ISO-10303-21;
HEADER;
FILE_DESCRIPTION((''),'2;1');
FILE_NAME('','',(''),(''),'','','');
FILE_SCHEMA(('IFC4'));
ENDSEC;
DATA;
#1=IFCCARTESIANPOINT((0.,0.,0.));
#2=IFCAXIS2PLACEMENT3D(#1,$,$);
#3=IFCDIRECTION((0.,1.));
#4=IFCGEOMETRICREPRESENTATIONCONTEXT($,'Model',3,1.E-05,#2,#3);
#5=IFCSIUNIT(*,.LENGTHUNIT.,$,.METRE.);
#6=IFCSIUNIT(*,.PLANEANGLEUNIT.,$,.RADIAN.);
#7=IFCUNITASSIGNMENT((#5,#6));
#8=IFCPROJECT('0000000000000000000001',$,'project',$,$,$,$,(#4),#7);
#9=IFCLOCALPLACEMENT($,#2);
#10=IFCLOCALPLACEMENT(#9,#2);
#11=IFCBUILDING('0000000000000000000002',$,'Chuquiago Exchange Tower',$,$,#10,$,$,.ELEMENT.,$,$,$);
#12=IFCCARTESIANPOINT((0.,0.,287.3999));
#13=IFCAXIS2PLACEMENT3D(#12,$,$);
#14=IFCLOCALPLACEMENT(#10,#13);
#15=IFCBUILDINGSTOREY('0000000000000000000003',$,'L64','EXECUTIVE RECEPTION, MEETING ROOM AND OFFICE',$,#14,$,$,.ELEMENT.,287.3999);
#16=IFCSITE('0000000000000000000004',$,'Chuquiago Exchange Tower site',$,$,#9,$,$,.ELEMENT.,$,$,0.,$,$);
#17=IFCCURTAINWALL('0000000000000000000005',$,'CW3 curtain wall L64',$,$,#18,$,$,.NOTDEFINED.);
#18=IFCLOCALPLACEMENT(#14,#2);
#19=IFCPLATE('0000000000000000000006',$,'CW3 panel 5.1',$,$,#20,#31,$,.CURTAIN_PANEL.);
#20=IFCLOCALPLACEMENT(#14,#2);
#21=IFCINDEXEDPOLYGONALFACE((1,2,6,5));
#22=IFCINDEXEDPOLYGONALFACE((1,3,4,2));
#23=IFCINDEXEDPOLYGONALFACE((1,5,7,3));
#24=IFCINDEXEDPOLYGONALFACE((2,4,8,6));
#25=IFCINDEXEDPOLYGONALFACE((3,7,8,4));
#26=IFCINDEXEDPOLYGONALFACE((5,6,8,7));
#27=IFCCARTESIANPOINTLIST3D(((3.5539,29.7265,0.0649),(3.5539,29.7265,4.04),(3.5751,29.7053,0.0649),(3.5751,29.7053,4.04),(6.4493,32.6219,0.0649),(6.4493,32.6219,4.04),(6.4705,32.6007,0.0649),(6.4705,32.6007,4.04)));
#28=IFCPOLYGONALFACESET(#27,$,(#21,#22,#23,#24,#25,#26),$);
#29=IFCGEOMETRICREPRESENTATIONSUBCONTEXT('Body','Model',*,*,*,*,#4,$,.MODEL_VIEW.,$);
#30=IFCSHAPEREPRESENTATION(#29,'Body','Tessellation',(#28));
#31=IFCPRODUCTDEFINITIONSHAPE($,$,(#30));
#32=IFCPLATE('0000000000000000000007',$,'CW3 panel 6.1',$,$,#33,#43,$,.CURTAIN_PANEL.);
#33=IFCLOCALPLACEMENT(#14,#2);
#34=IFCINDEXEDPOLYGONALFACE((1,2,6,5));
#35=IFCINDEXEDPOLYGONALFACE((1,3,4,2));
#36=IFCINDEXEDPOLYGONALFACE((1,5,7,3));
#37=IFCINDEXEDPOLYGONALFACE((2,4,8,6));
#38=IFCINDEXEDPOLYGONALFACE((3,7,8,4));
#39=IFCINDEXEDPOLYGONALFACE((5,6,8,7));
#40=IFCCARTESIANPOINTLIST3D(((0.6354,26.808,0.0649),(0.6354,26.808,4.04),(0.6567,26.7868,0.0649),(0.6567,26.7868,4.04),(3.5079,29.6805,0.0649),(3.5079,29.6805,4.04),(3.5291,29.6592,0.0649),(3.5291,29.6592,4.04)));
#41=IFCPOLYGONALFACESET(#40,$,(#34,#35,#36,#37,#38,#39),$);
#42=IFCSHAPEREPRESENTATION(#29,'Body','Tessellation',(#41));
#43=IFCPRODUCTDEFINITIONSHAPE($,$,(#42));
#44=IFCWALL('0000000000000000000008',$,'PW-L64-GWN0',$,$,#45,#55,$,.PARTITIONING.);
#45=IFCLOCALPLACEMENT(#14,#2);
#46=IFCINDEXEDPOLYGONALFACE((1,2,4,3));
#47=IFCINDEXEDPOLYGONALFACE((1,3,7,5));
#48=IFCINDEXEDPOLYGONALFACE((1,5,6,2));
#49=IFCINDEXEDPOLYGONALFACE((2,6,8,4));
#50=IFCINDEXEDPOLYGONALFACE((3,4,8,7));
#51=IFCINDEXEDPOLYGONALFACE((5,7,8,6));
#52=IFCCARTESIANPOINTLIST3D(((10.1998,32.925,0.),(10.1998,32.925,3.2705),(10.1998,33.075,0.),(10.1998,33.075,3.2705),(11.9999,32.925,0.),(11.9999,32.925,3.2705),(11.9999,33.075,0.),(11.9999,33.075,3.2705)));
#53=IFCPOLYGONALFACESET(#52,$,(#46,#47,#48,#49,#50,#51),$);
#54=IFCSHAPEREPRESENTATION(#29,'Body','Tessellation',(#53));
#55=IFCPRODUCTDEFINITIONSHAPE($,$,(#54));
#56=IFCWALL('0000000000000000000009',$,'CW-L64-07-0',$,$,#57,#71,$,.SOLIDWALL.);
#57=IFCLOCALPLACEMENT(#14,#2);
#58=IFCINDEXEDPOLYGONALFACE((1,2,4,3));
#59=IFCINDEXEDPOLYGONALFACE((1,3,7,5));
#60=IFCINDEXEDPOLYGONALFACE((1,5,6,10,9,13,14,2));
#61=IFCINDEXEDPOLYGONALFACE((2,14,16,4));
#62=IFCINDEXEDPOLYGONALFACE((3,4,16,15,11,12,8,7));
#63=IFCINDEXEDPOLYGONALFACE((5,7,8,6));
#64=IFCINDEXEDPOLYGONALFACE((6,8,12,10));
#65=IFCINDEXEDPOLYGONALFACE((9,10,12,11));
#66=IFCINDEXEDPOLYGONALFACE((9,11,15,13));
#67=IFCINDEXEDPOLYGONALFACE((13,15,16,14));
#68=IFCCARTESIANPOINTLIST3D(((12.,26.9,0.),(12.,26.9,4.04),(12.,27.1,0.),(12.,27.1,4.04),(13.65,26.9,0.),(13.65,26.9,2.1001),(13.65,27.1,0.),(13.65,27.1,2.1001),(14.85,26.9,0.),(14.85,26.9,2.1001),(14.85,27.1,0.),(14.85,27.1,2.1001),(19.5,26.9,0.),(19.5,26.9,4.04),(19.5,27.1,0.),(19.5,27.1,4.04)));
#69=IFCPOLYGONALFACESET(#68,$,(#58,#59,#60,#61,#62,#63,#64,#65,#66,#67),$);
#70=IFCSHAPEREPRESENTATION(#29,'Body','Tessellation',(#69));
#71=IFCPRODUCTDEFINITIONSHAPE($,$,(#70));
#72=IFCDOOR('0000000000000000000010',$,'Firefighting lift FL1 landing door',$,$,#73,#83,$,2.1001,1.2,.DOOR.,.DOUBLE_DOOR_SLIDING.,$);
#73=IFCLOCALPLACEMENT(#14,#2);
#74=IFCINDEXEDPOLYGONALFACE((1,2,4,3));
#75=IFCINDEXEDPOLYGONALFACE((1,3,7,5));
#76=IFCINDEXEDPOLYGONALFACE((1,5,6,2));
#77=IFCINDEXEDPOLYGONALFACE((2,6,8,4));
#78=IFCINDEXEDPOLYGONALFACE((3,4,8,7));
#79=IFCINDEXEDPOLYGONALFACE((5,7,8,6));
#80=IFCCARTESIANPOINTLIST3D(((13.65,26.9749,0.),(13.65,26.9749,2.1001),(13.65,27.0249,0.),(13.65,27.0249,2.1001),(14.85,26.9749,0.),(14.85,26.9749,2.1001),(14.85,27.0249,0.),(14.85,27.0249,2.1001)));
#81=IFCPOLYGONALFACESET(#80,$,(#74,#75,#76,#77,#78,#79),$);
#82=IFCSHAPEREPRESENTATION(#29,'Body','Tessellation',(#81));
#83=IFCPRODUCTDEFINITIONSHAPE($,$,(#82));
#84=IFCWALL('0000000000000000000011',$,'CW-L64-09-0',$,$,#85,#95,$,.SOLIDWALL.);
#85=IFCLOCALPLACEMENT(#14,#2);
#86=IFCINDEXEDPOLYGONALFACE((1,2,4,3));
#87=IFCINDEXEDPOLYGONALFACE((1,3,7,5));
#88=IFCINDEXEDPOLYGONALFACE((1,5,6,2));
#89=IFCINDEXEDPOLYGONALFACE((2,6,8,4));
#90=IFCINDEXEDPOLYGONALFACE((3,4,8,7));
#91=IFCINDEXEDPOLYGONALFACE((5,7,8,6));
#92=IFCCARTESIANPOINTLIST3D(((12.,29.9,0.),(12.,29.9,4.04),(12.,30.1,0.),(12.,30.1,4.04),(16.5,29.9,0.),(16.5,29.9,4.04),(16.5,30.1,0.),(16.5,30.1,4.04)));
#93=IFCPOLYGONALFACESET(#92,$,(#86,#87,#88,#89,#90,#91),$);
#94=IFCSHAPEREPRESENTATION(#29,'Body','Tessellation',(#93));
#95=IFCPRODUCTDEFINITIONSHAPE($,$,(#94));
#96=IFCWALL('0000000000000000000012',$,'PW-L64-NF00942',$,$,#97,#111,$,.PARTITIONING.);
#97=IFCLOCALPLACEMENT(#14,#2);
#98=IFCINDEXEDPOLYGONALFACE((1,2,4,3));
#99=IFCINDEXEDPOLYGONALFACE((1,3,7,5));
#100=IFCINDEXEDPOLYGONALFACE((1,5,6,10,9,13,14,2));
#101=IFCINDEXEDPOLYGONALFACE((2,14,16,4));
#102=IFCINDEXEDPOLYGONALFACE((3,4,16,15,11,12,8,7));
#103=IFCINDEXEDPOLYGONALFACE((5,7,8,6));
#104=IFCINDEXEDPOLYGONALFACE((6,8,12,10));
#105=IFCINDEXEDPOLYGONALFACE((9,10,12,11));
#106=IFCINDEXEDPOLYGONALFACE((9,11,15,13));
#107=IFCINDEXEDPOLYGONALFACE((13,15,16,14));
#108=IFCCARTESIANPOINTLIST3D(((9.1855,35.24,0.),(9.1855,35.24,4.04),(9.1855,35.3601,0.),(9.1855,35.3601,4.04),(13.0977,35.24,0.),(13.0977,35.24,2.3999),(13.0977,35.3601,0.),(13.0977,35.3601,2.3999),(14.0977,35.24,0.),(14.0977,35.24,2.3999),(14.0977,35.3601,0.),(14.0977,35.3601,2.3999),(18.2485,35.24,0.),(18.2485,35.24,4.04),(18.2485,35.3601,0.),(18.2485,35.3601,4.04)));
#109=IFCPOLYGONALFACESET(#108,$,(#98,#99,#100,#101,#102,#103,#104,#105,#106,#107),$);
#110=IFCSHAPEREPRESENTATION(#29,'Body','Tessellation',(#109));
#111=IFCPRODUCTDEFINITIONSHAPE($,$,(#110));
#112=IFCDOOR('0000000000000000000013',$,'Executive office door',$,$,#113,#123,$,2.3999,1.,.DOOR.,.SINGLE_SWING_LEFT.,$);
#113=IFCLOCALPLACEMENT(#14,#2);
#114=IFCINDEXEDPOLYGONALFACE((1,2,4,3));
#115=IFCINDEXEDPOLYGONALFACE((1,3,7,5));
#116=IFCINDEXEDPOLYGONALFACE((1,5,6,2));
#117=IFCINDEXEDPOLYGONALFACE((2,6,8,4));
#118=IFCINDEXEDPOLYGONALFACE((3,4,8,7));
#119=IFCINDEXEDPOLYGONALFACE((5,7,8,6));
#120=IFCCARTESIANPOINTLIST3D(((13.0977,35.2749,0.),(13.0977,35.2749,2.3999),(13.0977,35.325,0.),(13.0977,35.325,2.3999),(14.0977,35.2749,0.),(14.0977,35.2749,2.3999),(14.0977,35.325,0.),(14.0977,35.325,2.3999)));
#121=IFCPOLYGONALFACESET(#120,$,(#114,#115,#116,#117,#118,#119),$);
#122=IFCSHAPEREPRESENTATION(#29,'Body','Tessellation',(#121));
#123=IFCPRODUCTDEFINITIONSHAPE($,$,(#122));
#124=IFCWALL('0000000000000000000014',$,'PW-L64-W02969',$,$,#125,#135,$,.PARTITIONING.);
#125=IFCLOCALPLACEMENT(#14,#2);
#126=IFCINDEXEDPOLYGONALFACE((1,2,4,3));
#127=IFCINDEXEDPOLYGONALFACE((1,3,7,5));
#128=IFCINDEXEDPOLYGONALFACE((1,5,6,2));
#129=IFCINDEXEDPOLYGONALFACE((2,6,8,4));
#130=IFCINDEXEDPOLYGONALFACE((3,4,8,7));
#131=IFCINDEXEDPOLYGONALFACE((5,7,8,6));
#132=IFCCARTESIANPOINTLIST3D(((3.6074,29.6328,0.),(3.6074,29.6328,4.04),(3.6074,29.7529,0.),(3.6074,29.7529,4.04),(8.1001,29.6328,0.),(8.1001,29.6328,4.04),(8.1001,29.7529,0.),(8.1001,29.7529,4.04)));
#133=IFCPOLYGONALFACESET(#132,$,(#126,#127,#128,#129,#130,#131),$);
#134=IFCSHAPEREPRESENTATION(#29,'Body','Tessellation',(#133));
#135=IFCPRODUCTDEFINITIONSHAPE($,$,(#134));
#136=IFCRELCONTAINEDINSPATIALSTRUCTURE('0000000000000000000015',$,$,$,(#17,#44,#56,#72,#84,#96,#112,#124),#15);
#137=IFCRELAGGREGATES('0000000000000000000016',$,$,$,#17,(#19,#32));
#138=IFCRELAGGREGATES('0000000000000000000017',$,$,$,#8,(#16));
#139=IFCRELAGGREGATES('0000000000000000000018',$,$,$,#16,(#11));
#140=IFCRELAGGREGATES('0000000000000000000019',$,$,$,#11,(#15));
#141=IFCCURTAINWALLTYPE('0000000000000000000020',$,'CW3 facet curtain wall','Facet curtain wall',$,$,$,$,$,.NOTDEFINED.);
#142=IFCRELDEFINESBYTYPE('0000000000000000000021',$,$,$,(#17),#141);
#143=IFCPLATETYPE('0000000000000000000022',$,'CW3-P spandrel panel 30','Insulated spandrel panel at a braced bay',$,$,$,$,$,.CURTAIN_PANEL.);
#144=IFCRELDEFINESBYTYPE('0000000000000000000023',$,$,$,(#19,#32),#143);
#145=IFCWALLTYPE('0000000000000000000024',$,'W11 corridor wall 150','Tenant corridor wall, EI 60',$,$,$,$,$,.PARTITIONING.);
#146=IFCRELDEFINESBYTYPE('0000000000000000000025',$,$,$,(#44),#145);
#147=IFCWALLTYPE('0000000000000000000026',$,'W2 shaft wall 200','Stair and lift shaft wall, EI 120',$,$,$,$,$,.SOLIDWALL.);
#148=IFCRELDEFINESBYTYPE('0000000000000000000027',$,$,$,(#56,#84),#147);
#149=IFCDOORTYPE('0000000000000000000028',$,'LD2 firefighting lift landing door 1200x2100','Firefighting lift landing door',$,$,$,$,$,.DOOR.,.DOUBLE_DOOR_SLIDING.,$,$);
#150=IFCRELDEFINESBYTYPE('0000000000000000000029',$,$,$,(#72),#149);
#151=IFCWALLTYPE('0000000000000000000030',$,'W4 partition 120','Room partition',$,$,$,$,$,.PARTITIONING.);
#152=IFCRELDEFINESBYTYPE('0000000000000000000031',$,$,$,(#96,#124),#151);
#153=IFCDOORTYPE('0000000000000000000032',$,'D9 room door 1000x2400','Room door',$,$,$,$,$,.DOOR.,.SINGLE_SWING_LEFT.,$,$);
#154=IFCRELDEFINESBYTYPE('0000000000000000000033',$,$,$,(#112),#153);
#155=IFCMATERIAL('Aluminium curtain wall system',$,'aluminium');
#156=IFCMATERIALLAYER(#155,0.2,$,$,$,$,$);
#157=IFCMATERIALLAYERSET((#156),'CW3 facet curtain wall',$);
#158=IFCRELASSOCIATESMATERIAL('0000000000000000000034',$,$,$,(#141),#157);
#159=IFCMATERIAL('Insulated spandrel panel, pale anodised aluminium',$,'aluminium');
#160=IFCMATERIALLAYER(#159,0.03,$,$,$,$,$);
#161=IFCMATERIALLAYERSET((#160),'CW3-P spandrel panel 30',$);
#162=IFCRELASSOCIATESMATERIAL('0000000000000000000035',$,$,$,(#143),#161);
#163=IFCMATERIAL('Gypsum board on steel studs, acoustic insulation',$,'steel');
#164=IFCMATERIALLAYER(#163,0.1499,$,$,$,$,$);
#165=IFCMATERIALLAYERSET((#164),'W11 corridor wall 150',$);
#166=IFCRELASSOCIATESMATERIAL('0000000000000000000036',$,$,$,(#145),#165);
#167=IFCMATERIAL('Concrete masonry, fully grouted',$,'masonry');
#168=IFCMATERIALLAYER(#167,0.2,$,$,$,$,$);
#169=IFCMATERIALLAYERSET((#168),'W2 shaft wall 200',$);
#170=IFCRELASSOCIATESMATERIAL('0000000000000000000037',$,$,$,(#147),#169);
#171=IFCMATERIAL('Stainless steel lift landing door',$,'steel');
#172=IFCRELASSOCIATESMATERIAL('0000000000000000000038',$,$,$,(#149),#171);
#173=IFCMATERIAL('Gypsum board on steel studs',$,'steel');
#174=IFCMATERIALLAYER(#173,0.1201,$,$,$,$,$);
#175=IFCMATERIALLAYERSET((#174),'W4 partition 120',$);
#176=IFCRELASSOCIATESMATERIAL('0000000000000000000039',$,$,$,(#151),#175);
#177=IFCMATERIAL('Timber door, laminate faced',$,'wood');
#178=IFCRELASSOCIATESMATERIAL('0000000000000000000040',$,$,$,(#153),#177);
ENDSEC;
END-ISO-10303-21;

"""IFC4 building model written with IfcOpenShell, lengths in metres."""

from ifc_helpers import new_model, si_unit, direction, frame, frame_2d, origin, origin_2d, place, context, subcontext, project, spatial, rectangle, extrude, material, layer, layer_set, type_object, element, fill, aggregate, save


model = new_model("IFC4")

# Units and contexts
model_context = context("Model", 3, precision=1e-05, world=origin(), true_north=direction((0.0, 1.0)))
body_context = subcontext(model_context, "Body", "Model", "MODEL_VIEW")
ifc_project = project(units=[si_unit("LENGTHUNIT", "METRE"), si_unit("PLANEANGLEUNIT", "RADIAN")], contexts=[model_context])

# Site, building, storey
site_placement = place(None, origin())
site = spatial("IfcSite", under=ifc_project, at=site_placement, Name="Chuquiago Exchange Tower site", CompositionType="ELEMENT", RefElevation=0.0)
building_placement = place(site_placement, origin())
building = spatial("IfcBuilding", under=site, at=building_placement, Name="Chuquiago Exchange Tower", CompositionType="ELEMENT")
storey_placement = place(building_placement, frame((0.0, 0.0, 287.3999)))
storey = spatial("IfcBuildingStorey", under=building, at=storey_placement, Name="L64", Description="EXECUTIVE RECEPTION, MEETING ROOM AND OFFICE", CompositionType="ELEMENT", Elevation=287.3999)

# Curtain wall
ifc_material_1 = material(Name="Aluminium curtain wall system", Category="aluminium")
ifc_layer_1 = layer(ifc_material_1, 0.2)
ifc_layer_set_1 = layer_set([ifc_layer_1], Name="CW3 facet curtain wall")
curtain_wall_type = type_object("IfcCurtainWallType", Name="CW3 facet curtain wall", Description="Facet curtain wall", PredefinedType="NOTDEFINED", material=ifc_layer_set_1)
curtain_wall_placement = place(storey_placement, origin())
curtain_wall = element("IfcCurtainWall", 1, at=curtain_wall_placement, inside=storey, type_object=curtain_wall_type, Name="CW3 curtain wall L64", PredefinedType="NOTDEFINED")

# Plates
ifc_material_2 = material(Name="Insulated spandrel panel, pale anodised aluminium", Category="aluminium")
ifc_layer_2 = layer(ifc_material_2, 0.03)
ifc_layer_set_2 = layer_set([ifc_layer_2], Name="CW3-P spandrel panel 30")
plate_type = type_object("IfcPlateType", Name="CW3-P spandrel panel 30", Description="Insulated spandrel panel at a braced bay", PredefinedType="CURTAIN_PANEL", material=ifc_layer_set_2)
plate_1_placement = place(storey_placement, frame((5.0122, 31.1636, 0.0649), z_axis=(0.0, 0.0, 1.0), x_axis=(-0.707107, -0.707107, 0.0)))
plate_1 = element("IfcPlate", 2, at=plate_1_placement, type_object=plate_type, Name="CW3 panel 5.1", PredefinedType="CURTAIN_PANEL", context=body_context, shape_type="SweptSolid", body=[
    extrude(rectangle(XDim=4.0947, YDim=0.03, at=origin_2d()), origin(), (0.0, 0.0, 1.0), 3.9751),
])
plate_2_placement = place(storey_placement, frame((2.0823, 28.2336, 0.0649), z_axis=(0.0, 0.0, 1.0), x_axis=(-0.707107, -0.707107, 0.0)))
plate_2 = element("IfcPlate", 3, at=plate_2_placement, type_object=plate_type, Name="CW3 panel 6.1", PredefinedType="CURTAIN_PANEL", context=body_context, shape_type="SweptSolid", body=[
    extrude(rectangle(XDim=4.0623, YDim=0.03, at=origin_2d()), origin(), (0.0, 0.0, 1.0), 3.9751),
])
aggregate(curtain_wall, [plate_1, plate_2])

# Wall
ifc_material_3 = material(Name="Gypsum board on steel studs, acoustic insulation", Category="steel")
ifc_layer_3 = layer(ifc_material_3, 0.1499)
ifc_layer_set_3 = layer_set([ifc_layer_3], Name="W11 corridor wall 150")
wall_type_1 = type_object("IfcWallType", Name="W11 corridor wall 150", Description="Tenant corridor wall, EI 60", PredefinedType="PARTITIONING", material=ifc_layer_set_3)
wall_1_placement = place(storey_placement, frame((10.2, 33.0, 0.0), z_axis=(0.0, 0.0, 1.0), x_axis=(1.0, 0.0, 0.0)))
element("IfcWall", 4, at=wall_1_placement, inside=storey, type_object=wall_type_1, Name="PW-L64-GWN0", PredefinedType="PARTITIONING", context=body_context, shape_type="SweptSolid", body=[
    extrude(rectangle(XDim=1.8, YDim=0.1499, at=frame_2d((0.8999, 0.0))), origin(), (0.0, 0.0, 1.0), 3.2705),
])

# Wall, opening, door
ifc_material_4 = material(Name="Concrete masonry, fully grouted", Category="masonry")
ifc_layer_4 = layer(ifc_material_4, 0.2)
ifc_layer_set_4 = layer_set([ifc_layer_4], Name="W2 shaft wall 200")
wall_type_2 = type_object("IfcWallType", Name="W2 shaft wall 200", Description="Stair and lift shaft wall, EI 120", PredefinedType="SOLIDWALL", material=ifc_layer_set_4)
wall_2_placement = place(storey_placement, frame((12.0, 27.0, 0.0), z_axis=(0.0, 0.0, 1.0), x_axis=(1.0, 0.0, 0.0)))
wall_2 = element("IfcWall", 5, at=wall_2_placement, inside=storey, type_object=wall_type_2, Name="CW-L64-07-0", PredefinedType="SOLIDWALL", context=body_context, shape_type="SweptSolid", body=[
    extrude(rectangle(XDim=7.5, YDim=0.2, at=frame_2d((3.75, 0.0))), origin(), (0.0, 0.0, 1.0), 4.04),
])
opening_1_placement = place(wall_2_placement, frame((1.6499, 0.0, 0.0)))
opening_1 = element("IfcOpeningElement", 6, at=opening_1_placement, cuts=wall_2, PredefinedType="OPENING", context=body_context, shape_type="SweptSolid", body=[
    extrude(rectangle(XDim=1.2, YDim=2.1001, at=frame_2d((0.6001, 1.05))), frame((0.0, 0.1099, 0.0), z_axis=(0.0, -1.0, 0.0), x_axis=(1.0, 0.0, 0.0)), (0.0, 0.0, 1.0), 0.22),
])
ifc_material_5 = material(Name="Stainless steel lift landing door", Category="steel")
door_type_1 = type_object("IfcDoorType", Name="LD2 firefighting lift landing door 1200x2100", Description="Firefighting lift landing door", OperationType="DOUBLE_DOOR_SLIDING", PredefinedType="DOOR", material=ifc_material_5)
door_1_placement = place(opening_1_placement, origin())
door_1 = element("IfcDoor", 7, at=door_1_placement, inside=storey, type_object=door_type_1, Name="Firefighting lift FL1 landing door", OperationType="DOUBLE_DOOR_SLIDING", OverallHeight=2.1001, OverallWidth=1.2, PredefinedType="DOOR", context=body_context, shape_type="SweptSolid", body=[
    extrude(rectangle(XDim=1.2, YDim=2.1001, at=frame_2d((0.6001, 1.05))), frame((0.0, 0.0249, 0.0), z_axis=(0.0, -1.0, 0.0), x_axis=(1.0, 0.0, 0.0)), (0.0, 0.0, 1.0), 0.05),
])
fill(opening_1, door_1)

# Wall
wall_3_placement = place(storey_placement, frame((12.0, 30.0, 0.0), z_axis=(0.0, 0.0, 1.0), x_axis=(1.0, 0.0, 0.0)))
element("IfcWall", 8, at=wall_3_placement, inside=storey, type_object=wall_type_2, Name="CW-L64-09-0", PredefinedType="SOLIDWALL", context=body_context, shape_type="SweptSolid", body=[
    extrude(rectangle(XDim=4.5, YDim=0.2, at=frame_2d((2.25, 0.0))), origin(), (0.0, 0.0, 1.0), 4.04),
])

# Wall, opening, door
ifc_material_6 = material(Name="Gypsum board on steel studs", Category="steel")
ifc_layer_5 = layer(ifc_material_6, 0.1201)
ifc_layer_set_5 = layer_set([ifc_layer_5], Name="W4 partition 120")
wall_type_3 = type_object("IfcWallType", Name="W4 partition 120", Description="Room partition", PredefinedType="PARTITIONING", material=ifc_layer_set_5)
wall_4_placement = place(storey_placement, frame((9.1855, 35.3, 0.0), z_axis=(0.0, 0.0, 1.0), x_axis=(1.0, 0.0, 0.0)))
wall_4 = element("IfcWall", 9, at=wall_4_placement, inside=storey, type_object=wall_type_3, Name="PW-L64-NF00942", PredefinedType="PARTITIONING", context=body_context, shape_type="SweptSolid", body=[
    extrude(rectangle(XDim=9.063, YDim=0.1201, at=frame_2d((4.5315, 0.0))), origin(), (0.0, 0.0, 1.0), 4.04),
])
opening_2_placement = place(wall_4_placement, frame((3.9121, 0.0, 0.0)))
opening_2 = element("IfcOpeningElement", 10, at=opening_2_placement, cuts=wall_4, PredefinedType="OPENING", context=body_context, shape_type="SweptSolid", body=[
    extrude(rectangle(XDim=1.0, YDim=2.3999, at=frame_2d((0.5, 1.2))), frame((0.0, 0.0701, 0.0), z_axis=(0.0, -1.0, 0.0), x_axis=(1.0, 0.0, 0.0)), (0.0, 0.0, 1.0), 0.1401),
])
ifc_material_7 = material(Name="Timber door, laminate faced", Category="wood")
door_type_2 = type_object("IfcDoorType", Name="D9 room door 1000x2400", Description="Room door", OperationType="SINGLE_SWING_LEFT", PredefinedType="DOOR", material=ifc_material_7)
door_2_placement = place(opening_2_placement, origin())
door_2 = element("IfcDoor", 11, at=door_2_placement, inside=storey, type_object=door_type_2, Name="Executive office door", OperationType="SINGLE_SWING_LEFT", OverallHeight=2.3999, OverallWidth=1.0, PredefinedType="DOOR", context=body_context, shape_type="SweptSolid", body=[
    extrude(rectangle(XDim=1.0, YDim=2.3999, at=frame_2d((0.5, 1.2))), frame((0.0, 0.0249, 0.0), z_axis=(0.0, -1.0, 0.0), x_axis=(1.0, 0.0, 0.0)), (0.0, 0.0, 1.0), 0.05),
])
fill(opening_2, door_2)

# Wall
wall_5_placement = place(storey_placement, frame((3.6074, 29.6929, 0.0), z_axis=(0.0, 0.0, 1.0), x_axis=(1.0, 0.0, 0.0)))
element("IfcWall", 12, at=wall_5_placement, inside=storey, type_object=wall_type_3, Name="PW-L64-W02969", PredefinedType="PARTITIONING", context=body_context, shape_type="SweptSolid", body=[
    extrude(rectangle(XDim=4.4927, YDim=0.1201, at=frame_2d((2.2463, 0.0))), origin(), (0.0, 0.0, 1.0), 4.04),
])

save(model, "model.ifc")
